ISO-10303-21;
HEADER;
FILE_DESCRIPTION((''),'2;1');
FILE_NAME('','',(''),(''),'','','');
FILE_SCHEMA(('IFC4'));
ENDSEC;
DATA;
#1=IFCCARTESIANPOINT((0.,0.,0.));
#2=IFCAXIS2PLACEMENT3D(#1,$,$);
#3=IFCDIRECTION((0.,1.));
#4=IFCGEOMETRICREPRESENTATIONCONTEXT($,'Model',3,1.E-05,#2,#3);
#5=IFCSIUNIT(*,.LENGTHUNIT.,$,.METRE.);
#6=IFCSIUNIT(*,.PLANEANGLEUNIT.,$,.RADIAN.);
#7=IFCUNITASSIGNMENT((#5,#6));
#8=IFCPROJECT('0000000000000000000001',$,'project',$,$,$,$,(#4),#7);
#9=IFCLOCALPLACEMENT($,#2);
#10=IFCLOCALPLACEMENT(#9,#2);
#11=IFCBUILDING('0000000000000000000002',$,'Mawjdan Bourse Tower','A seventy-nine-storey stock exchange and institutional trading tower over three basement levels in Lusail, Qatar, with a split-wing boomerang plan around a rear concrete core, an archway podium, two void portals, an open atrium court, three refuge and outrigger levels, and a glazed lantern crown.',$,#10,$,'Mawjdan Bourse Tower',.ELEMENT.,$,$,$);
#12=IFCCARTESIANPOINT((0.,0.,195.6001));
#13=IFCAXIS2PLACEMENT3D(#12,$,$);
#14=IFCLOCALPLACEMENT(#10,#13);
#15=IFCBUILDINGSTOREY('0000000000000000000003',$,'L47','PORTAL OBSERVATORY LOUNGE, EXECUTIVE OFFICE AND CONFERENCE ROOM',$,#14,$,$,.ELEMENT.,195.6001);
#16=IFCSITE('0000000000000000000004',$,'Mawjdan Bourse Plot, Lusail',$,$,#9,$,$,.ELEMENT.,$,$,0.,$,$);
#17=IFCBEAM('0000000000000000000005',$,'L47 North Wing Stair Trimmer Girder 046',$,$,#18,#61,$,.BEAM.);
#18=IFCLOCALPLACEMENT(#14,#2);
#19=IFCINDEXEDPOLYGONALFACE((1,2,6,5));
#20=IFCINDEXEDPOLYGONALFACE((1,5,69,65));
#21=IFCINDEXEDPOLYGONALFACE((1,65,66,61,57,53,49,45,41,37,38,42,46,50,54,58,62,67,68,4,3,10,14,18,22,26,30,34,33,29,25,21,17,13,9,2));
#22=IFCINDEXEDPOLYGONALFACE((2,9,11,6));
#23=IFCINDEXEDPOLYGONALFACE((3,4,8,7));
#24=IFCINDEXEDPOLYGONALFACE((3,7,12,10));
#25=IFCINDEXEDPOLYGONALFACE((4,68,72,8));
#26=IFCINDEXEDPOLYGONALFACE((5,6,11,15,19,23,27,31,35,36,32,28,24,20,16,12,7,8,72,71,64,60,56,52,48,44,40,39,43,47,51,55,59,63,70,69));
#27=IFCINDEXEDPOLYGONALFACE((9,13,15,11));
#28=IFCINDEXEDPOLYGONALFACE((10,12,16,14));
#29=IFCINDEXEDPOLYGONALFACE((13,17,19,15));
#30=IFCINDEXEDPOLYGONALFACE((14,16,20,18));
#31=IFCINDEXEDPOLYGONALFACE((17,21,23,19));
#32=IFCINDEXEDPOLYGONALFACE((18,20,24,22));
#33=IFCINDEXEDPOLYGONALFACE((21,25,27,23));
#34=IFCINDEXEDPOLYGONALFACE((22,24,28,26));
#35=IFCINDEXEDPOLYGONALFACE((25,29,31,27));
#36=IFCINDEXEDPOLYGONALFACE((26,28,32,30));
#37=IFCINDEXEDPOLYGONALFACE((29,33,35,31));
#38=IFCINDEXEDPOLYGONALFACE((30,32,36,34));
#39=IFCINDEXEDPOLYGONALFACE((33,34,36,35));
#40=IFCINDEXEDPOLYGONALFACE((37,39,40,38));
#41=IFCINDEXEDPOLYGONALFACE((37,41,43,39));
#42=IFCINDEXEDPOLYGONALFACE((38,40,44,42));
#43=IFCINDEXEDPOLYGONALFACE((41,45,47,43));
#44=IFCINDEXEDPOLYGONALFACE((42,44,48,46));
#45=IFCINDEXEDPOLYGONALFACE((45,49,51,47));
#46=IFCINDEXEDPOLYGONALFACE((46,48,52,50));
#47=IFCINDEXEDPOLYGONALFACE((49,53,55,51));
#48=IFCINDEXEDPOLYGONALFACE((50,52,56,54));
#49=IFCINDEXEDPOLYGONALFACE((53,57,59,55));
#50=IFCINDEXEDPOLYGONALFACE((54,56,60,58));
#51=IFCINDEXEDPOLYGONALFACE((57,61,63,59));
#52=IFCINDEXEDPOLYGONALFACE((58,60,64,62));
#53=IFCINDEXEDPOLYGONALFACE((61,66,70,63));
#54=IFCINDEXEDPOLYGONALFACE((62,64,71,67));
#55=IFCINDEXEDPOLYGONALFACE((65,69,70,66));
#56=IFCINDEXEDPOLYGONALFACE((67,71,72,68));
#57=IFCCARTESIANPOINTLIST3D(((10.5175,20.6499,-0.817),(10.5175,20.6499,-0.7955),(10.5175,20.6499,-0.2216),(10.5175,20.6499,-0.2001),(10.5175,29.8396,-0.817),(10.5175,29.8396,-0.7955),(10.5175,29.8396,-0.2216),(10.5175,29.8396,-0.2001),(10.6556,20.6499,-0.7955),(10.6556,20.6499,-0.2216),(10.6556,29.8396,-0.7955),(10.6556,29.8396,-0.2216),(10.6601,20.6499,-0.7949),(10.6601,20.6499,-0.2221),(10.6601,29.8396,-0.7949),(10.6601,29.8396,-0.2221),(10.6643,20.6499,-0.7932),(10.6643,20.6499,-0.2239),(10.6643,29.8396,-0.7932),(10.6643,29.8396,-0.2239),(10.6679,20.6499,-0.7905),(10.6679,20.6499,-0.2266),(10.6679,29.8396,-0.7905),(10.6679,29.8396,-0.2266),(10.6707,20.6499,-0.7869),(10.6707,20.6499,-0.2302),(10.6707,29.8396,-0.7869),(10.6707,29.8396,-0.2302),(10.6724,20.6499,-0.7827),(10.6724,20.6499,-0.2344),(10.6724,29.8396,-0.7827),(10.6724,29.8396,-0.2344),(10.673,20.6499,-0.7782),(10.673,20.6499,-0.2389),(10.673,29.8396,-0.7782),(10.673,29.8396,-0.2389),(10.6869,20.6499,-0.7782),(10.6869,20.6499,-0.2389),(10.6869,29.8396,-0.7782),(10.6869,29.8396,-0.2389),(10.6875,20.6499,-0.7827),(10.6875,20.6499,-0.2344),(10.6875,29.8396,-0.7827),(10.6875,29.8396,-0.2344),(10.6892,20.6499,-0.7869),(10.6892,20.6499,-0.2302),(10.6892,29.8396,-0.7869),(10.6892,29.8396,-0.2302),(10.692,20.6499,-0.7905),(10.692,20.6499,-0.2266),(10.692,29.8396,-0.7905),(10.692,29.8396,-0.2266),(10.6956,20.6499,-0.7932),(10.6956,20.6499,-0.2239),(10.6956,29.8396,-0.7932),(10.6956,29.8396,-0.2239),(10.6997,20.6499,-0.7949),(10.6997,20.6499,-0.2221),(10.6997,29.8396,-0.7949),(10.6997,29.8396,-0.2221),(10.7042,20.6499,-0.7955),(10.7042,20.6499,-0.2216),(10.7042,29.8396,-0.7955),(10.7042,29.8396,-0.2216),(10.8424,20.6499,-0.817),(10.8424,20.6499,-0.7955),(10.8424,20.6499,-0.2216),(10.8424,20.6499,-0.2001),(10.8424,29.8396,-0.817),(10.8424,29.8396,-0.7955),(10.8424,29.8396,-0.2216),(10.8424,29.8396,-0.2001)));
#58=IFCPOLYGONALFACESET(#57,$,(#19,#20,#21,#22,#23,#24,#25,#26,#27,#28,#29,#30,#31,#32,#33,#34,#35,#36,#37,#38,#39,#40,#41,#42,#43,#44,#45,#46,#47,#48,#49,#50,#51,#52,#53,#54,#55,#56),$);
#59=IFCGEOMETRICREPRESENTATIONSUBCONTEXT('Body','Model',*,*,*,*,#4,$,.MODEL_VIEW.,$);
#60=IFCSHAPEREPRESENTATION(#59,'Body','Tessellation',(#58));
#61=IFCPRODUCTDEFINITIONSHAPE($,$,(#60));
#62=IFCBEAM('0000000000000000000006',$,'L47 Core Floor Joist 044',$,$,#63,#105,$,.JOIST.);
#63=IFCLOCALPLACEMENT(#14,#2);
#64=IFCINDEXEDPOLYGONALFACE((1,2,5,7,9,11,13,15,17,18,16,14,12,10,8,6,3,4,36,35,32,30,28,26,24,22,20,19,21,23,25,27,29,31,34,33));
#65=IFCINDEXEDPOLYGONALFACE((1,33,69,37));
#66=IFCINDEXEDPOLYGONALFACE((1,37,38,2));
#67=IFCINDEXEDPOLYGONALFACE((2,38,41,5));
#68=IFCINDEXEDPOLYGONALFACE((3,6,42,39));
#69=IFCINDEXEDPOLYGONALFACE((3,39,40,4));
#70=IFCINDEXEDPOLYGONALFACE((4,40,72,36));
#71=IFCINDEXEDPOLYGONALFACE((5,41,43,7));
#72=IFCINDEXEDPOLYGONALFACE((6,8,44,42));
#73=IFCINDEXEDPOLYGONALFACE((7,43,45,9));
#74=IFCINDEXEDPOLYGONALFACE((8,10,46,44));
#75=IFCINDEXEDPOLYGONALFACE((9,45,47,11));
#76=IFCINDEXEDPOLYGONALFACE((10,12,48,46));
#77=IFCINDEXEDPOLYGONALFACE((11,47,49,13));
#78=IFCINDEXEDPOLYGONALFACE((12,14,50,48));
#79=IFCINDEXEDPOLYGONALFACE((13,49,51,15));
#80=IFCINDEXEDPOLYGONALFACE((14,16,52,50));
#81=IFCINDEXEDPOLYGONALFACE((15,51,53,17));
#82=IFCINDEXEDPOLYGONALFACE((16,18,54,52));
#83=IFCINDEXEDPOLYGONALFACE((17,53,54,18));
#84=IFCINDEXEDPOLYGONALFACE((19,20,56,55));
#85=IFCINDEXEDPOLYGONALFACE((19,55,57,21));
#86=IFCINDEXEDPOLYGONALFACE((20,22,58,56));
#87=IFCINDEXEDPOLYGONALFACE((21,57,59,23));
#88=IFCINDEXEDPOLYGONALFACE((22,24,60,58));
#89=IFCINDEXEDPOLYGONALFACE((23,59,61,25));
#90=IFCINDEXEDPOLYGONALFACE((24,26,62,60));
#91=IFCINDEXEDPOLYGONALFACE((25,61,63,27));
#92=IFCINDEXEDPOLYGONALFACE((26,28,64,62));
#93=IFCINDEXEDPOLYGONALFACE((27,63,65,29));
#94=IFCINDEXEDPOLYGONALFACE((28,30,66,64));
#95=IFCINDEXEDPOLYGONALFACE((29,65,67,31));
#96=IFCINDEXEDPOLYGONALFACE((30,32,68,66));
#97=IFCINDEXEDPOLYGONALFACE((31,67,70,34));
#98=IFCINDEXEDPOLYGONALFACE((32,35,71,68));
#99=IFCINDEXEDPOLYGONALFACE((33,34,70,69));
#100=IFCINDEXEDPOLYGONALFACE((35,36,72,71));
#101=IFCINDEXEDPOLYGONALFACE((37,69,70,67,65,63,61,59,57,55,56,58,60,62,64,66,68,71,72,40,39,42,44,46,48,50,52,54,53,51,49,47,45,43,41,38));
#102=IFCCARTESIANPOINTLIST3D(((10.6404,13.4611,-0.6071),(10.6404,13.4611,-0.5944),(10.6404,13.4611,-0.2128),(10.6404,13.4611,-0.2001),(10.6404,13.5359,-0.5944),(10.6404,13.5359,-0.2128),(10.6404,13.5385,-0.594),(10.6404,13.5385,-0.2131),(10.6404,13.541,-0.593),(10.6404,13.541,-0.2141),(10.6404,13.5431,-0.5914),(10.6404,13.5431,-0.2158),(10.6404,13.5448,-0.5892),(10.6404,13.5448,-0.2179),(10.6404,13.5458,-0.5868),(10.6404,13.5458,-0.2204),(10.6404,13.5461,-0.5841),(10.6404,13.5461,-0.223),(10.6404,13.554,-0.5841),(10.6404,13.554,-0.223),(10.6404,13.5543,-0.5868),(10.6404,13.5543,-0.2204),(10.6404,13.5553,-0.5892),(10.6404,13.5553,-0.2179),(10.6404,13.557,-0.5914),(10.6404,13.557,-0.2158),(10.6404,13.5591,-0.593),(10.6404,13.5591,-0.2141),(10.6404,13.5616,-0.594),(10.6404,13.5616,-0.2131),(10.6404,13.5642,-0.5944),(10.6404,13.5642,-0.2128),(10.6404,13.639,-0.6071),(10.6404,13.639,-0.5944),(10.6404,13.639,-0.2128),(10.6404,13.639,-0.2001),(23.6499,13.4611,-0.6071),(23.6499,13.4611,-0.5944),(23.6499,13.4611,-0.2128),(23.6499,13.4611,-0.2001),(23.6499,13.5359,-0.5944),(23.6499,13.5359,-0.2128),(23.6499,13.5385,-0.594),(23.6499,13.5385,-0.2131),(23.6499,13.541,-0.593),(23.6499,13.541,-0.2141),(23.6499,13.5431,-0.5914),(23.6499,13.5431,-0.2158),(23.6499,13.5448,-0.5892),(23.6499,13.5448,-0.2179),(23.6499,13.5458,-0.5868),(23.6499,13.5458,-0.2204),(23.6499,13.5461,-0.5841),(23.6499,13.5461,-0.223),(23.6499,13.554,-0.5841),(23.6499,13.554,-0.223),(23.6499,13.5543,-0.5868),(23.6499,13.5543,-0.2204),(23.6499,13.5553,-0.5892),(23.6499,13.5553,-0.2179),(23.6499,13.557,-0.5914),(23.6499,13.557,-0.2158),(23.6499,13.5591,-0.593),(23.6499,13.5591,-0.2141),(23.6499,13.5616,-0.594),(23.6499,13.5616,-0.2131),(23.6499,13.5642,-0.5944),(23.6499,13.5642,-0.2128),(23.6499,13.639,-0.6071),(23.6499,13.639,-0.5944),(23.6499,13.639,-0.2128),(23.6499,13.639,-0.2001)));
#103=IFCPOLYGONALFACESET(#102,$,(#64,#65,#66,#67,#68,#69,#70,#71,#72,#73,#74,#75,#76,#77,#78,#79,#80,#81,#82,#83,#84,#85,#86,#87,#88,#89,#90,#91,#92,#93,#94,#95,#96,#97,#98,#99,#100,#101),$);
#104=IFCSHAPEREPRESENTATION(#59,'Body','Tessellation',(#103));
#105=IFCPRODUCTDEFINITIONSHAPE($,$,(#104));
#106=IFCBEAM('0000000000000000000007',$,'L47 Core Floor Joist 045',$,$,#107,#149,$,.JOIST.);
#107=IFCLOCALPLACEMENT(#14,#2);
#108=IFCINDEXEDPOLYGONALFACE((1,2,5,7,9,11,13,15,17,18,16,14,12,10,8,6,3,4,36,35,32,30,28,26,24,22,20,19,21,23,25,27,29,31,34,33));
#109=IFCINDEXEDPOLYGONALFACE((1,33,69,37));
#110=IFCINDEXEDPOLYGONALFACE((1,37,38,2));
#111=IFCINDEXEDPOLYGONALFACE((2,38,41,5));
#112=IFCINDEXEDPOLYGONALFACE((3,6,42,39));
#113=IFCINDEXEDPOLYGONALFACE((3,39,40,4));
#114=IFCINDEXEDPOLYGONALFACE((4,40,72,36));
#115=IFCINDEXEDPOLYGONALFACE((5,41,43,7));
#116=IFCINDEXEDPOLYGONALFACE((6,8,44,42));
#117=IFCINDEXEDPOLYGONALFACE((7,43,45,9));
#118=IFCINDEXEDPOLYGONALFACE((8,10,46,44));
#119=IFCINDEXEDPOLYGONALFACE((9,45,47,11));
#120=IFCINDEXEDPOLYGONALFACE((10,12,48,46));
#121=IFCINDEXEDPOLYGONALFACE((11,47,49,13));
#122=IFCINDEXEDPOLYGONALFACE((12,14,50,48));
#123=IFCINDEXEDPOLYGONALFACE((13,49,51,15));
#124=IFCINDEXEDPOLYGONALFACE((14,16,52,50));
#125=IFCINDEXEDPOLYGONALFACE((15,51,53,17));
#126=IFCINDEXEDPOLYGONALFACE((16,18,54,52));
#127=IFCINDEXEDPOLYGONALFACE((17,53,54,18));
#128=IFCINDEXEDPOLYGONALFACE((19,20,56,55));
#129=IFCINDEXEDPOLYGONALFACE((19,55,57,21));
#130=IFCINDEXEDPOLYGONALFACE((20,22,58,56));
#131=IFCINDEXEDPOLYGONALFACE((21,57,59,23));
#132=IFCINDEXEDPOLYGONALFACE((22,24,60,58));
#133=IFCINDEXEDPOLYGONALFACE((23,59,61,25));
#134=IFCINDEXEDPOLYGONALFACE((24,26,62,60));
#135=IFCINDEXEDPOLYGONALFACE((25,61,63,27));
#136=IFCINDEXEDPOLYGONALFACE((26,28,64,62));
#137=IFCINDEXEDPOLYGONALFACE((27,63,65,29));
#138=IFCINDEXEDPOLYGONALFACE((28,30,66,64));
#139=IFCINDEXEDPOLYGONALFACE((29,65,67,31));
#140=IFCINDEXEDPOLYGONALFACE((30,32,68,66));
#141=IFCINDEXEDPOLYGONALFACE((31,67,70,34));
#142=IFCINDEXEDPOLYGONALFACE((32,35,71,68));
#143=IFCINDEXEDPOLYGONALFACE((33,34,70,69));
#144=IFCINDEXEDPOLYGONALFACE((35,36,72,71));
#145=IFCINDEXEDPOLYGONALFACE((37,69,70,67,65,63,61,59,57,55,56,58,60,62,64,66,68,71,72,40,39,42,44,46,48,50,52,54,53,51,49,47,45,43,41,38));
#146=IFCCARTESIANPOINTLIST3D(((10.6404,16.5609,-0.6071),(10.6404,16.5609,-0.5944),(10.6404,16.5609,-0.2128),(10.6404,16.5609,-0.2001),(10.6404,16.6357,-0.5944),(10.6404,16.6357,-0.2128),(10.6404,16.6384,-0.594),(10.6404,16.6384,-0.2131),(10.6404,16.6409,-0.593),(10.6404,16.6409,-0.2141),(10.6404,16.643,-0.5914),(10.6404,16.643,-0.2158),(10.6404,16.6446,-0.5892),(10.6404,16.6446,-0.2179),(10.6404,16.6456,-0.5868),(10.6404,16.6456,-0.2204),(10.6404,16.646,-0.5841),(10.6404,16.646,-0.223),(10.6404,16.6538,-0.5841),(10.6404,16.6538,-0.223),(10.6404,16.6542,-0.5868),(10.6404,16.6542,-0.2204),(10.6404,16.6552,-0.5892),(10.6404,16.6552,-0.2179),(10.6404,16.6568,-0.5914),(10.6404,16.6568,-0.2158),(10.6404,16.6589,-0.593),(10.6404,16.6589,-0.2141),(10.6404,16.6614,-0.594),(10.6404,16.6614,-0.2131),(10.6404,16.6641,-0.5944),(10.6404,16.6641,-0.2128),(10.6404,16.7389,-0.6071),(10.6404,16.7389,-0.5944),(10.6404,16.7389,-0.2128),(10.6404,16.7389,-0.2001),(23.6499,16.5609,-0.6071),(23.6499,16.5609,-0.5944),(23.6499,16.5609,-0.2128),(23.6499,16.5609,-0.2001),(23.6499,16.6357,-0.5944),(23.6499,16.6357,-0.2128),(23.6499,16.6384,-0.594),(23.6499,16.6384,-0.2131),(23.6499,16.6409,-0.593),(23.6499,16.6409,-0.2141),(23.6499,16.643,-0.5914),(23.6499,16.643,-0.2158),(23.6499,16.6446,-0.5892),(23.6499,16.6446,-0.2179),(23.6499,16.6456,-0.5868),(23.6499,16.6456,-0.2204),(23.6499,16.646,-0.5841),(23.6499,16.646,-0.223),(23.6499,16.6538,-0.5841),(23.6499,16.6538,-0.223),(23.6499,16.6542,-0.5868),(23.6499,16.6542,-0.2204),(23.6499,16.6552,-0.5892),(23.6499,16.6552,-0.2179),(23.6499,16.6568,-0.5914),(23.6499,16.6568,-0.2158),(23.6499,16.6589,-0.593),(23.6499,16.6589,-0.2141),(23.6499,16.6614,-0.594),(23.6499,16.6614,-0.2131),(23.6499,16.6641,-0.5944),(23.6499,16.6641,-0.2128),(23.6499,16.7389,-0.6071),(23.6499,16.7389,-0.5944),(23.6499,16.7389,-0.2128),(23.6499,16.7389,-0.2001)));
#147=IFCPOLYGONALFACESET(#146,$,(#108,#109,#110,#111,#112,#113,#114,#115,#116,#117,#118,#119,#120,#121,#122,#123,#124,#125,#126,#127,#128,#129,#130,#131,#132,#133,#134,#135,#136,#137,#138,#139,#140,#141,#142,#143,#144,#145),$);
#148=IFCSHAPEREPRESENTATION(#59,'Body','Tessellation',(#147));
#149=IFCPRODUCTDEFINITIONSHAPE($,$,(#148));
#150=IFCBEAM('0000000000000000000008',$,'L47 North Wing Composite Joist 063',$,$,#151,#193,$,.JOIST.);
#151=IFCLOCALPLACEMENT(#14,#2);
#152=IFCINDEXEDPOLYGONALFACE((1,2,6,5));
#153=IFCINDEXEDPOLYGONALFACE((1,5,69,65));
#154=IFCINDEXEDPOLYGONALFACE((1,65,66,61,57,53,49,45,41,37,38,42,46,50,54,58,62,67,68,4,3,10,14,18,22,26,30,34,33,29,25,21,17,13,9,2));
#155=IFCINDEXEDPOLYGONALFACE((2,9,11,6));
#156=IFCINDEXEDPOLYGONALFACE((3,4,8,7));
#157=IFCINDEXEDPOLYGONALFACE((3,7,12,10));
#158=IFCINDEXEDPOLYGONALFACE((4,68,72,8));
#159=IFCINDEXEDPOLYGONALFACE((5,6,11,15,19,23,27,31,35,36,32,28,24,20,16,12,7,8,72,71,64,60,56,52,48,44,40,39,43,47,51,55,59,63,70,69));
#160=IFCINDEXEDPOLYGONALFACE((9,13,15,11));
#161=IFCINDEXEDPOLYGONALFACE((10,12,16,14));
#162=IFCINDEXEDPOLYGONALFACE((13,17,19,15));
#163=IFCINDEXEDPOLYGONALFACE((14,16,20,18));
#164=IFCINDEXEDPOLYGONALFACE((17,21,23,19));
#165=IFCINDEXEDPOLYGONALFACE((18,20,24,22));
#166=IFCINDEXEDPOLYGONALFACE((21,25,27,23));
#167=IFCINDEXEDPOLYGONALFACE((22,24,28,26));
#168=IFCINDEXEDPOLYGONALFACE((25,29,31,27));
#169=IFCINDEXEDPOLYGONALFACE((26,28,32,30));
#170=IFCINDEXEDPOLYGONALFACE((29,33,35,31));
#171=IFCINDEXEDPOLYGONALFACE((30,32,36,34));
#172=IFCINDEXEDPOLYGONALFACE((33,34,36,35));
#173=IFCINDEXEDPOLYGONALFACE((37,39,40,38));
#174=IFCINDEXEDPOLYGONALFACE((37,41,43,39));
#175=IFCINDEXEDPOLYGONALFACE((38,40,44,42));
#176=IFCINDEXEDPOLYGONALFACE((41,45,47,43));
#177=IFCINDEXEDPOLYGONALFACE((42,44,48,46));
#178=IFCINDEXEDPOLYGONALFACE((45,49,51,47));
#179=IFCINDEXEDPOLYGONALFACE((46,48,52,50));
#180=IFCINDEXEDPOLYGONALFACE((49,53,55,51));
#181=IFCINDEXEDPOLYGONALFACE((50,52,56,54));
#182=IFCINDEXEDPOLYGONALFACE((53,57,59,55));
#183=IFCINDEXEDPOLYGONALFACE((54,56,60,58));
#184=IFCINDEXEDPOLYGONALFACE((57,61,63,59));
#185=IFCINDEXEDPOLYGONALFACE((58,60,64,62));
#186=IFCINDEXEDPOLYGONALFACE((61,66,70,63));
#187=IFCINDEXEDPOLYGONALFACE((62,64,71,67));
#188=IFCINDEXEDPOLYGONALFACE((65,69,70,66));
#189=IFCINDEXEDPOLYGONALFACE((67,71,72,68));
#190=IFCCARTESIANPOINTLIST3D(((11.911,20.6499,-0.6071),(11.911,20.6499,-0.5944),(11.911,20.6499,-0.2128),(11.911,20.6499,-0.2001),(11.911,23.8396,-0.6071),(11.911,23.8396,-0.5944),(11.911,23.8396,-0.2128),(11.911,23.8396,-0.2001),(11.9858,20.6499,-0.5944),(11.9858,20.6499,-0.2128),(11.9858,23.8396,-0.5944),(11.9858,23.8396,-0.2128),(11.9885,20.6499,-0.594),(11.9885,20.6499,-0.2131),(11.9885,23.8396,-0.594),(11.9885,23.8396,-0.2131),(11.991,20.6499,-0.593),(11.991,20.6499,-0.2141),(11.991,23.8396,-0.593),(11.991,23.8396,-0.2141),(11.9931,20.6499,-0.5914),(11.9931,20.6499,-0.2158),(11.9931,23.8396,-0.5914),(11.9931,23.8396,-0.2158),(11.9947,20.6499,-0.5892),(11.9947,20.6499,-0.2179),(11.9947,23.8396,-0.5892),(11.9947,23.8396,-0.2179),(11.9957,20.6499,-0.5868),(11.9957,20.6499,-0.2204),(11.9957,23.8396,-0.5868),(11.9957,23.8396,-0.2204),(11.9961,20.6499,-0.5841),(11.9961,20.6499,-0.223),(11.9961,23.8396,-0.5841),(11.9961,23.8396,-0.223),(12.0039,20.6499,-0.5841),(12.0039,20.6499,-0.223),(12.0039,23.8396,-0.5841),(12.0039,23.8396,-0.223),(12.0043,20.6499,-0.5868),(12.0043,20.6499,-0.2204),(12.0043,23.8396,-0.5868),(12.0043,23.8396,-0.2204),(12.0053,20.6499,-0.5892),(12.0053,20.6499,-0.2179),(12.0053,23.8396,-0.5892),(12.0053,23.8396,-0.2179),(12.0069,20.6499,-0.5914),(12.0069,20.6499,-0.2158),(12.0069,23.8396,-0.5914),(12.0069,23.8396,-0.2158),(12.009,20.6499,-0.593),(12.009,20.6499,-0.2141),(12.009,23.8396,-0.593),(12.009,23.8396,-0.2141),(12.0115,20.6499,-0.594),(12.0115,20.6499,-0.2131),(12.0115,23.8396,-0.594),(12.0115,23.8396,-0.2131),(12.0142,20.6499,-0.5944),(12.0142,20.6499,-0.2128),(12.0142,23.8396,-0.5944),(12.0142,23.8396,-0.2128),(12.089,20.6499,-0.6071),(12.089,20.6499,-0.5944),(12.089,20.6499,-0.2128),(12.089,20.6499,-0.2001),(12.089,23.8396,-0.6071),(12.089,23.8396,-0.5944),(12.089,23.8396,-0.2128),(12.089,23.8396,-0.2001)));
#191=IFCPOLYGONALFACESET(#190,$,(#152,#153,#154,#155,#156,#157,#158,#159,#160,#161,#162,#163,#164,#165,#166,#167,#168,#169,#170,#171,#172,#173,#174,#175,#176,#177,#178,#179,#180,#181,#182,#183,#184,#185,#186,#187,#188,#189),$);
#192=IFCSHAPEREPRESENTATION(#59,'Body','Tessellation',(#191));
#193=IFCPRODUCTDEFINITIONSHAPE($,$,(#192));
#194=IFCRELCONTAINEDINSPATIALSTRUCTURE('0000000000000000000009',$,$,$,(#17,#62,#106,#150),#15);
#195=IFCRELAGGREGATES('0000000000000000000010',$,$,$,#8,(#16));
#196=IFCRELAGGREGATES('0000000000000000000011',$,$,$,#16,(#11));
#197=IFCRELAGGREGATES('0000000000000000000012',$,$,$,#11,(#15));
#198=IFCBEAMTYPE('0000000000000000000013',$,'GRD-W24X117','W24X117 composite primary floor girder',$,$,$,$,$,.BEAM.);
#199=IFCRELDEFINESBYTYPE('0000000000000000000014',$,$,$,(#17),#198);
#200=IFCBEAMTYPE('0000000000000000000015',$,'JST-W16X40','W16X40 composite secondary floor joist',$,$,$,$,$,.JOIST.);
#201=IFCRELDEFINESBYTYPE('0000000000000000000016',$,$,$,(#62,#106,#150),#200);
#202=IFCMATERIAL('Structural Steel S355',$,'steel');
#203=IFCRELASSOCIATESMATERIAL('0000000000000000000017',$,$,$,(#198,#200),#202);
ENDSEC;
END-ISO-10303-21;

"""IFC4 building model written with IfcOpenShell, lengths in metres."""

from ifc_helpers import new_model, si_unit, direction, frame, origin, origin_2d, place, context, subcontext, project, spatial, i_section, extrude, material, material_profile, profile_set, type_object, element, save


model = new_model("IFC4")

# Units and contexts
model_context = context("Model", 3, precision=1e-05, world=origin(), true_north=direction((0.0, 1.0)))
body_context = subcontext(model_context, "Body", "Model", "MODEL_VIEW")
ifc_project = project(units=[si_unit("LENGTHUNIT", "METRE"), si_unit("PLANEANGLEUNIT", "RADIAN")], contexts=[model_context])

# Site, building, storey
site_placement = place(None, origin())
site = spatial("IfcSite", under=ifc_project, at=site_placement, Name="Mawjdan Bourse Plot, Lusail", CompositionType="ELEMENT", RefElevation=0.0)
building_placement = place(site_placement, origin())
building = spatial("IfcBuilding", under=site, at=building_placement, Name="Mawjdan Bourse Tower", Description="A seventy-nine-storey stock exchange and institutional trading tower over three basement levels in Lusail, Qatar, with a split-wing boomerang plan around a rear concrete core, an archway podium, two void portals, an open atrium court, three refuge and outrigger levels, and a glazed lantern crown.", LongName="Mawjdan Bourse Tower", CompositionType="ELEMENT")
storey_placement = place(building_placement, frame((0.0, 0.0, 195.6001)))
storey = spatial("IfcBuildingStorey", under=building, at=storey_placement, Name="L47", Description="PORTAL OBSERVATORY LOUNGE, EXECUTIVE OFFICE AND CONFERENCE ROOM", CompositionType="ELEMENT", Elevation=195.6001)

# Beams
ifc_material_1 = material(Name="Structural Steel S355", Category="steel")
ifc_material_profile_1 = material_profile(ifc_material_1, i_section(OverallWidth=0.325, OverallDepth=0.6169, WebThickness=0.0139, FlangeThickness=0.0215, FilletRadius=0.0173, at=origin_2d()), Name="W24X117")
ifc_profile_set_1 = profile_set([ifc_material_profile_1], Name="Structural Steel S355")
beam_type_1 = type_object("IfcBeamType", Name="GRD-W24X117", Description="W24X117 composite primary floor girder", PredefinedType="BEAM", material=ifc_profile_set_1)
beam_1_placement = place(storey_placement, frame((10.6799, 20.6499, -0.5085), z_axis=(0.0, 1.0, 0.0), x_axis=(-1.0, 0.0, 0.0)))
element("IfcBeam", 1, at=beam_1_placement, inside=storey, type_object=beam_type_1, Name="L47 North Wing Stair Trimmer Girder 046", PredefinedType="BEAM", context=body_context, shape_type="SweptSolid", body=[
    extrude(i_section(OverallWidth=0.325, OverallDepth=0.6169, WebThickness=0.0139, FlangeThickness=0.0215, FilletRadius=0.0173, at=origin_2d()), origin(), (0.0, 0.0, 1.0), 9.1897),
])
ifc_material_profile_2 = material_profile(ifc_material_1, i_section(OverallWidth=0.178, OverallDepth=0.407, WebThickness=0.0078, FlangeThickness=0.0127, FilletRadius=0.0103, at=origin_2d()), Name="W16X40")
ifc_profile_set_2 = profile_set([ifc_material_profile_2], Name="Structural Steel S355")
beam_type_2 = type_object("IfcBeamType", Name="JST-W16X40", Description="W16X40 composite secondary floor joist", PredefinedType="JOIST", material=ifc_profile_set_2)
for number, where, z_axis, x_axis, name in (
    (2, (10.6404, 13.55, -0.4036), (1.0, 0.0, 0.0), (0.0, 1.0, 0.0), "L47 Core Floor Joist 044"),
    (3, (10.6404, 16.6499, -0.4036), (1.0, 0.0, 0.0), (0.0, 1.0, 0.0), "L47 Core Floor Joist 045"),
):
    element("IfcBeam", number, at=place(storey_placement, frame(where, z_axis=z_axis, x_axis=x_axis)), inside=storey, type_object=beam_type_2, Name=name, PredefinedType="JOIST", context=body_context, shape_type="SweptSolid", body=[
        extrude(i_section(OverallWidth=0.178, OverallDepth=0.407, WebThickness=0.0078, FlangeThickness=0.0127, FilletRadius=0.0103, at=origin_2d()), origin(), (0.0, 0.0, 1.0), 13.0095),
    ])
beam_2_placement = place(storey_placement, frame((12.0, 20.6499, -0.4036), z_axis=(0.0, 1.0, 0.0), x_axis=(-1.0, 0.0, 0.0)))
element("IfcBeam", 4, at=beam_2_placement, inside=storey, type_object=beam_type_2, Name="L47 North Wing Composite Joist 063", PredefinedType="JOIST", context=body_context, shape_type="SweptSolid", body=[
    extrude(i_section(OverallWidth=0.178, OverallDepth=0.407, WebThickness=0.0078, FlangeThickness=0.0127, FilletRadius=0.0103, at=origin_2d()), origin(), (0.0, 0.0, 1.0), 3.1897),
])

save(model, "model.ifc")
